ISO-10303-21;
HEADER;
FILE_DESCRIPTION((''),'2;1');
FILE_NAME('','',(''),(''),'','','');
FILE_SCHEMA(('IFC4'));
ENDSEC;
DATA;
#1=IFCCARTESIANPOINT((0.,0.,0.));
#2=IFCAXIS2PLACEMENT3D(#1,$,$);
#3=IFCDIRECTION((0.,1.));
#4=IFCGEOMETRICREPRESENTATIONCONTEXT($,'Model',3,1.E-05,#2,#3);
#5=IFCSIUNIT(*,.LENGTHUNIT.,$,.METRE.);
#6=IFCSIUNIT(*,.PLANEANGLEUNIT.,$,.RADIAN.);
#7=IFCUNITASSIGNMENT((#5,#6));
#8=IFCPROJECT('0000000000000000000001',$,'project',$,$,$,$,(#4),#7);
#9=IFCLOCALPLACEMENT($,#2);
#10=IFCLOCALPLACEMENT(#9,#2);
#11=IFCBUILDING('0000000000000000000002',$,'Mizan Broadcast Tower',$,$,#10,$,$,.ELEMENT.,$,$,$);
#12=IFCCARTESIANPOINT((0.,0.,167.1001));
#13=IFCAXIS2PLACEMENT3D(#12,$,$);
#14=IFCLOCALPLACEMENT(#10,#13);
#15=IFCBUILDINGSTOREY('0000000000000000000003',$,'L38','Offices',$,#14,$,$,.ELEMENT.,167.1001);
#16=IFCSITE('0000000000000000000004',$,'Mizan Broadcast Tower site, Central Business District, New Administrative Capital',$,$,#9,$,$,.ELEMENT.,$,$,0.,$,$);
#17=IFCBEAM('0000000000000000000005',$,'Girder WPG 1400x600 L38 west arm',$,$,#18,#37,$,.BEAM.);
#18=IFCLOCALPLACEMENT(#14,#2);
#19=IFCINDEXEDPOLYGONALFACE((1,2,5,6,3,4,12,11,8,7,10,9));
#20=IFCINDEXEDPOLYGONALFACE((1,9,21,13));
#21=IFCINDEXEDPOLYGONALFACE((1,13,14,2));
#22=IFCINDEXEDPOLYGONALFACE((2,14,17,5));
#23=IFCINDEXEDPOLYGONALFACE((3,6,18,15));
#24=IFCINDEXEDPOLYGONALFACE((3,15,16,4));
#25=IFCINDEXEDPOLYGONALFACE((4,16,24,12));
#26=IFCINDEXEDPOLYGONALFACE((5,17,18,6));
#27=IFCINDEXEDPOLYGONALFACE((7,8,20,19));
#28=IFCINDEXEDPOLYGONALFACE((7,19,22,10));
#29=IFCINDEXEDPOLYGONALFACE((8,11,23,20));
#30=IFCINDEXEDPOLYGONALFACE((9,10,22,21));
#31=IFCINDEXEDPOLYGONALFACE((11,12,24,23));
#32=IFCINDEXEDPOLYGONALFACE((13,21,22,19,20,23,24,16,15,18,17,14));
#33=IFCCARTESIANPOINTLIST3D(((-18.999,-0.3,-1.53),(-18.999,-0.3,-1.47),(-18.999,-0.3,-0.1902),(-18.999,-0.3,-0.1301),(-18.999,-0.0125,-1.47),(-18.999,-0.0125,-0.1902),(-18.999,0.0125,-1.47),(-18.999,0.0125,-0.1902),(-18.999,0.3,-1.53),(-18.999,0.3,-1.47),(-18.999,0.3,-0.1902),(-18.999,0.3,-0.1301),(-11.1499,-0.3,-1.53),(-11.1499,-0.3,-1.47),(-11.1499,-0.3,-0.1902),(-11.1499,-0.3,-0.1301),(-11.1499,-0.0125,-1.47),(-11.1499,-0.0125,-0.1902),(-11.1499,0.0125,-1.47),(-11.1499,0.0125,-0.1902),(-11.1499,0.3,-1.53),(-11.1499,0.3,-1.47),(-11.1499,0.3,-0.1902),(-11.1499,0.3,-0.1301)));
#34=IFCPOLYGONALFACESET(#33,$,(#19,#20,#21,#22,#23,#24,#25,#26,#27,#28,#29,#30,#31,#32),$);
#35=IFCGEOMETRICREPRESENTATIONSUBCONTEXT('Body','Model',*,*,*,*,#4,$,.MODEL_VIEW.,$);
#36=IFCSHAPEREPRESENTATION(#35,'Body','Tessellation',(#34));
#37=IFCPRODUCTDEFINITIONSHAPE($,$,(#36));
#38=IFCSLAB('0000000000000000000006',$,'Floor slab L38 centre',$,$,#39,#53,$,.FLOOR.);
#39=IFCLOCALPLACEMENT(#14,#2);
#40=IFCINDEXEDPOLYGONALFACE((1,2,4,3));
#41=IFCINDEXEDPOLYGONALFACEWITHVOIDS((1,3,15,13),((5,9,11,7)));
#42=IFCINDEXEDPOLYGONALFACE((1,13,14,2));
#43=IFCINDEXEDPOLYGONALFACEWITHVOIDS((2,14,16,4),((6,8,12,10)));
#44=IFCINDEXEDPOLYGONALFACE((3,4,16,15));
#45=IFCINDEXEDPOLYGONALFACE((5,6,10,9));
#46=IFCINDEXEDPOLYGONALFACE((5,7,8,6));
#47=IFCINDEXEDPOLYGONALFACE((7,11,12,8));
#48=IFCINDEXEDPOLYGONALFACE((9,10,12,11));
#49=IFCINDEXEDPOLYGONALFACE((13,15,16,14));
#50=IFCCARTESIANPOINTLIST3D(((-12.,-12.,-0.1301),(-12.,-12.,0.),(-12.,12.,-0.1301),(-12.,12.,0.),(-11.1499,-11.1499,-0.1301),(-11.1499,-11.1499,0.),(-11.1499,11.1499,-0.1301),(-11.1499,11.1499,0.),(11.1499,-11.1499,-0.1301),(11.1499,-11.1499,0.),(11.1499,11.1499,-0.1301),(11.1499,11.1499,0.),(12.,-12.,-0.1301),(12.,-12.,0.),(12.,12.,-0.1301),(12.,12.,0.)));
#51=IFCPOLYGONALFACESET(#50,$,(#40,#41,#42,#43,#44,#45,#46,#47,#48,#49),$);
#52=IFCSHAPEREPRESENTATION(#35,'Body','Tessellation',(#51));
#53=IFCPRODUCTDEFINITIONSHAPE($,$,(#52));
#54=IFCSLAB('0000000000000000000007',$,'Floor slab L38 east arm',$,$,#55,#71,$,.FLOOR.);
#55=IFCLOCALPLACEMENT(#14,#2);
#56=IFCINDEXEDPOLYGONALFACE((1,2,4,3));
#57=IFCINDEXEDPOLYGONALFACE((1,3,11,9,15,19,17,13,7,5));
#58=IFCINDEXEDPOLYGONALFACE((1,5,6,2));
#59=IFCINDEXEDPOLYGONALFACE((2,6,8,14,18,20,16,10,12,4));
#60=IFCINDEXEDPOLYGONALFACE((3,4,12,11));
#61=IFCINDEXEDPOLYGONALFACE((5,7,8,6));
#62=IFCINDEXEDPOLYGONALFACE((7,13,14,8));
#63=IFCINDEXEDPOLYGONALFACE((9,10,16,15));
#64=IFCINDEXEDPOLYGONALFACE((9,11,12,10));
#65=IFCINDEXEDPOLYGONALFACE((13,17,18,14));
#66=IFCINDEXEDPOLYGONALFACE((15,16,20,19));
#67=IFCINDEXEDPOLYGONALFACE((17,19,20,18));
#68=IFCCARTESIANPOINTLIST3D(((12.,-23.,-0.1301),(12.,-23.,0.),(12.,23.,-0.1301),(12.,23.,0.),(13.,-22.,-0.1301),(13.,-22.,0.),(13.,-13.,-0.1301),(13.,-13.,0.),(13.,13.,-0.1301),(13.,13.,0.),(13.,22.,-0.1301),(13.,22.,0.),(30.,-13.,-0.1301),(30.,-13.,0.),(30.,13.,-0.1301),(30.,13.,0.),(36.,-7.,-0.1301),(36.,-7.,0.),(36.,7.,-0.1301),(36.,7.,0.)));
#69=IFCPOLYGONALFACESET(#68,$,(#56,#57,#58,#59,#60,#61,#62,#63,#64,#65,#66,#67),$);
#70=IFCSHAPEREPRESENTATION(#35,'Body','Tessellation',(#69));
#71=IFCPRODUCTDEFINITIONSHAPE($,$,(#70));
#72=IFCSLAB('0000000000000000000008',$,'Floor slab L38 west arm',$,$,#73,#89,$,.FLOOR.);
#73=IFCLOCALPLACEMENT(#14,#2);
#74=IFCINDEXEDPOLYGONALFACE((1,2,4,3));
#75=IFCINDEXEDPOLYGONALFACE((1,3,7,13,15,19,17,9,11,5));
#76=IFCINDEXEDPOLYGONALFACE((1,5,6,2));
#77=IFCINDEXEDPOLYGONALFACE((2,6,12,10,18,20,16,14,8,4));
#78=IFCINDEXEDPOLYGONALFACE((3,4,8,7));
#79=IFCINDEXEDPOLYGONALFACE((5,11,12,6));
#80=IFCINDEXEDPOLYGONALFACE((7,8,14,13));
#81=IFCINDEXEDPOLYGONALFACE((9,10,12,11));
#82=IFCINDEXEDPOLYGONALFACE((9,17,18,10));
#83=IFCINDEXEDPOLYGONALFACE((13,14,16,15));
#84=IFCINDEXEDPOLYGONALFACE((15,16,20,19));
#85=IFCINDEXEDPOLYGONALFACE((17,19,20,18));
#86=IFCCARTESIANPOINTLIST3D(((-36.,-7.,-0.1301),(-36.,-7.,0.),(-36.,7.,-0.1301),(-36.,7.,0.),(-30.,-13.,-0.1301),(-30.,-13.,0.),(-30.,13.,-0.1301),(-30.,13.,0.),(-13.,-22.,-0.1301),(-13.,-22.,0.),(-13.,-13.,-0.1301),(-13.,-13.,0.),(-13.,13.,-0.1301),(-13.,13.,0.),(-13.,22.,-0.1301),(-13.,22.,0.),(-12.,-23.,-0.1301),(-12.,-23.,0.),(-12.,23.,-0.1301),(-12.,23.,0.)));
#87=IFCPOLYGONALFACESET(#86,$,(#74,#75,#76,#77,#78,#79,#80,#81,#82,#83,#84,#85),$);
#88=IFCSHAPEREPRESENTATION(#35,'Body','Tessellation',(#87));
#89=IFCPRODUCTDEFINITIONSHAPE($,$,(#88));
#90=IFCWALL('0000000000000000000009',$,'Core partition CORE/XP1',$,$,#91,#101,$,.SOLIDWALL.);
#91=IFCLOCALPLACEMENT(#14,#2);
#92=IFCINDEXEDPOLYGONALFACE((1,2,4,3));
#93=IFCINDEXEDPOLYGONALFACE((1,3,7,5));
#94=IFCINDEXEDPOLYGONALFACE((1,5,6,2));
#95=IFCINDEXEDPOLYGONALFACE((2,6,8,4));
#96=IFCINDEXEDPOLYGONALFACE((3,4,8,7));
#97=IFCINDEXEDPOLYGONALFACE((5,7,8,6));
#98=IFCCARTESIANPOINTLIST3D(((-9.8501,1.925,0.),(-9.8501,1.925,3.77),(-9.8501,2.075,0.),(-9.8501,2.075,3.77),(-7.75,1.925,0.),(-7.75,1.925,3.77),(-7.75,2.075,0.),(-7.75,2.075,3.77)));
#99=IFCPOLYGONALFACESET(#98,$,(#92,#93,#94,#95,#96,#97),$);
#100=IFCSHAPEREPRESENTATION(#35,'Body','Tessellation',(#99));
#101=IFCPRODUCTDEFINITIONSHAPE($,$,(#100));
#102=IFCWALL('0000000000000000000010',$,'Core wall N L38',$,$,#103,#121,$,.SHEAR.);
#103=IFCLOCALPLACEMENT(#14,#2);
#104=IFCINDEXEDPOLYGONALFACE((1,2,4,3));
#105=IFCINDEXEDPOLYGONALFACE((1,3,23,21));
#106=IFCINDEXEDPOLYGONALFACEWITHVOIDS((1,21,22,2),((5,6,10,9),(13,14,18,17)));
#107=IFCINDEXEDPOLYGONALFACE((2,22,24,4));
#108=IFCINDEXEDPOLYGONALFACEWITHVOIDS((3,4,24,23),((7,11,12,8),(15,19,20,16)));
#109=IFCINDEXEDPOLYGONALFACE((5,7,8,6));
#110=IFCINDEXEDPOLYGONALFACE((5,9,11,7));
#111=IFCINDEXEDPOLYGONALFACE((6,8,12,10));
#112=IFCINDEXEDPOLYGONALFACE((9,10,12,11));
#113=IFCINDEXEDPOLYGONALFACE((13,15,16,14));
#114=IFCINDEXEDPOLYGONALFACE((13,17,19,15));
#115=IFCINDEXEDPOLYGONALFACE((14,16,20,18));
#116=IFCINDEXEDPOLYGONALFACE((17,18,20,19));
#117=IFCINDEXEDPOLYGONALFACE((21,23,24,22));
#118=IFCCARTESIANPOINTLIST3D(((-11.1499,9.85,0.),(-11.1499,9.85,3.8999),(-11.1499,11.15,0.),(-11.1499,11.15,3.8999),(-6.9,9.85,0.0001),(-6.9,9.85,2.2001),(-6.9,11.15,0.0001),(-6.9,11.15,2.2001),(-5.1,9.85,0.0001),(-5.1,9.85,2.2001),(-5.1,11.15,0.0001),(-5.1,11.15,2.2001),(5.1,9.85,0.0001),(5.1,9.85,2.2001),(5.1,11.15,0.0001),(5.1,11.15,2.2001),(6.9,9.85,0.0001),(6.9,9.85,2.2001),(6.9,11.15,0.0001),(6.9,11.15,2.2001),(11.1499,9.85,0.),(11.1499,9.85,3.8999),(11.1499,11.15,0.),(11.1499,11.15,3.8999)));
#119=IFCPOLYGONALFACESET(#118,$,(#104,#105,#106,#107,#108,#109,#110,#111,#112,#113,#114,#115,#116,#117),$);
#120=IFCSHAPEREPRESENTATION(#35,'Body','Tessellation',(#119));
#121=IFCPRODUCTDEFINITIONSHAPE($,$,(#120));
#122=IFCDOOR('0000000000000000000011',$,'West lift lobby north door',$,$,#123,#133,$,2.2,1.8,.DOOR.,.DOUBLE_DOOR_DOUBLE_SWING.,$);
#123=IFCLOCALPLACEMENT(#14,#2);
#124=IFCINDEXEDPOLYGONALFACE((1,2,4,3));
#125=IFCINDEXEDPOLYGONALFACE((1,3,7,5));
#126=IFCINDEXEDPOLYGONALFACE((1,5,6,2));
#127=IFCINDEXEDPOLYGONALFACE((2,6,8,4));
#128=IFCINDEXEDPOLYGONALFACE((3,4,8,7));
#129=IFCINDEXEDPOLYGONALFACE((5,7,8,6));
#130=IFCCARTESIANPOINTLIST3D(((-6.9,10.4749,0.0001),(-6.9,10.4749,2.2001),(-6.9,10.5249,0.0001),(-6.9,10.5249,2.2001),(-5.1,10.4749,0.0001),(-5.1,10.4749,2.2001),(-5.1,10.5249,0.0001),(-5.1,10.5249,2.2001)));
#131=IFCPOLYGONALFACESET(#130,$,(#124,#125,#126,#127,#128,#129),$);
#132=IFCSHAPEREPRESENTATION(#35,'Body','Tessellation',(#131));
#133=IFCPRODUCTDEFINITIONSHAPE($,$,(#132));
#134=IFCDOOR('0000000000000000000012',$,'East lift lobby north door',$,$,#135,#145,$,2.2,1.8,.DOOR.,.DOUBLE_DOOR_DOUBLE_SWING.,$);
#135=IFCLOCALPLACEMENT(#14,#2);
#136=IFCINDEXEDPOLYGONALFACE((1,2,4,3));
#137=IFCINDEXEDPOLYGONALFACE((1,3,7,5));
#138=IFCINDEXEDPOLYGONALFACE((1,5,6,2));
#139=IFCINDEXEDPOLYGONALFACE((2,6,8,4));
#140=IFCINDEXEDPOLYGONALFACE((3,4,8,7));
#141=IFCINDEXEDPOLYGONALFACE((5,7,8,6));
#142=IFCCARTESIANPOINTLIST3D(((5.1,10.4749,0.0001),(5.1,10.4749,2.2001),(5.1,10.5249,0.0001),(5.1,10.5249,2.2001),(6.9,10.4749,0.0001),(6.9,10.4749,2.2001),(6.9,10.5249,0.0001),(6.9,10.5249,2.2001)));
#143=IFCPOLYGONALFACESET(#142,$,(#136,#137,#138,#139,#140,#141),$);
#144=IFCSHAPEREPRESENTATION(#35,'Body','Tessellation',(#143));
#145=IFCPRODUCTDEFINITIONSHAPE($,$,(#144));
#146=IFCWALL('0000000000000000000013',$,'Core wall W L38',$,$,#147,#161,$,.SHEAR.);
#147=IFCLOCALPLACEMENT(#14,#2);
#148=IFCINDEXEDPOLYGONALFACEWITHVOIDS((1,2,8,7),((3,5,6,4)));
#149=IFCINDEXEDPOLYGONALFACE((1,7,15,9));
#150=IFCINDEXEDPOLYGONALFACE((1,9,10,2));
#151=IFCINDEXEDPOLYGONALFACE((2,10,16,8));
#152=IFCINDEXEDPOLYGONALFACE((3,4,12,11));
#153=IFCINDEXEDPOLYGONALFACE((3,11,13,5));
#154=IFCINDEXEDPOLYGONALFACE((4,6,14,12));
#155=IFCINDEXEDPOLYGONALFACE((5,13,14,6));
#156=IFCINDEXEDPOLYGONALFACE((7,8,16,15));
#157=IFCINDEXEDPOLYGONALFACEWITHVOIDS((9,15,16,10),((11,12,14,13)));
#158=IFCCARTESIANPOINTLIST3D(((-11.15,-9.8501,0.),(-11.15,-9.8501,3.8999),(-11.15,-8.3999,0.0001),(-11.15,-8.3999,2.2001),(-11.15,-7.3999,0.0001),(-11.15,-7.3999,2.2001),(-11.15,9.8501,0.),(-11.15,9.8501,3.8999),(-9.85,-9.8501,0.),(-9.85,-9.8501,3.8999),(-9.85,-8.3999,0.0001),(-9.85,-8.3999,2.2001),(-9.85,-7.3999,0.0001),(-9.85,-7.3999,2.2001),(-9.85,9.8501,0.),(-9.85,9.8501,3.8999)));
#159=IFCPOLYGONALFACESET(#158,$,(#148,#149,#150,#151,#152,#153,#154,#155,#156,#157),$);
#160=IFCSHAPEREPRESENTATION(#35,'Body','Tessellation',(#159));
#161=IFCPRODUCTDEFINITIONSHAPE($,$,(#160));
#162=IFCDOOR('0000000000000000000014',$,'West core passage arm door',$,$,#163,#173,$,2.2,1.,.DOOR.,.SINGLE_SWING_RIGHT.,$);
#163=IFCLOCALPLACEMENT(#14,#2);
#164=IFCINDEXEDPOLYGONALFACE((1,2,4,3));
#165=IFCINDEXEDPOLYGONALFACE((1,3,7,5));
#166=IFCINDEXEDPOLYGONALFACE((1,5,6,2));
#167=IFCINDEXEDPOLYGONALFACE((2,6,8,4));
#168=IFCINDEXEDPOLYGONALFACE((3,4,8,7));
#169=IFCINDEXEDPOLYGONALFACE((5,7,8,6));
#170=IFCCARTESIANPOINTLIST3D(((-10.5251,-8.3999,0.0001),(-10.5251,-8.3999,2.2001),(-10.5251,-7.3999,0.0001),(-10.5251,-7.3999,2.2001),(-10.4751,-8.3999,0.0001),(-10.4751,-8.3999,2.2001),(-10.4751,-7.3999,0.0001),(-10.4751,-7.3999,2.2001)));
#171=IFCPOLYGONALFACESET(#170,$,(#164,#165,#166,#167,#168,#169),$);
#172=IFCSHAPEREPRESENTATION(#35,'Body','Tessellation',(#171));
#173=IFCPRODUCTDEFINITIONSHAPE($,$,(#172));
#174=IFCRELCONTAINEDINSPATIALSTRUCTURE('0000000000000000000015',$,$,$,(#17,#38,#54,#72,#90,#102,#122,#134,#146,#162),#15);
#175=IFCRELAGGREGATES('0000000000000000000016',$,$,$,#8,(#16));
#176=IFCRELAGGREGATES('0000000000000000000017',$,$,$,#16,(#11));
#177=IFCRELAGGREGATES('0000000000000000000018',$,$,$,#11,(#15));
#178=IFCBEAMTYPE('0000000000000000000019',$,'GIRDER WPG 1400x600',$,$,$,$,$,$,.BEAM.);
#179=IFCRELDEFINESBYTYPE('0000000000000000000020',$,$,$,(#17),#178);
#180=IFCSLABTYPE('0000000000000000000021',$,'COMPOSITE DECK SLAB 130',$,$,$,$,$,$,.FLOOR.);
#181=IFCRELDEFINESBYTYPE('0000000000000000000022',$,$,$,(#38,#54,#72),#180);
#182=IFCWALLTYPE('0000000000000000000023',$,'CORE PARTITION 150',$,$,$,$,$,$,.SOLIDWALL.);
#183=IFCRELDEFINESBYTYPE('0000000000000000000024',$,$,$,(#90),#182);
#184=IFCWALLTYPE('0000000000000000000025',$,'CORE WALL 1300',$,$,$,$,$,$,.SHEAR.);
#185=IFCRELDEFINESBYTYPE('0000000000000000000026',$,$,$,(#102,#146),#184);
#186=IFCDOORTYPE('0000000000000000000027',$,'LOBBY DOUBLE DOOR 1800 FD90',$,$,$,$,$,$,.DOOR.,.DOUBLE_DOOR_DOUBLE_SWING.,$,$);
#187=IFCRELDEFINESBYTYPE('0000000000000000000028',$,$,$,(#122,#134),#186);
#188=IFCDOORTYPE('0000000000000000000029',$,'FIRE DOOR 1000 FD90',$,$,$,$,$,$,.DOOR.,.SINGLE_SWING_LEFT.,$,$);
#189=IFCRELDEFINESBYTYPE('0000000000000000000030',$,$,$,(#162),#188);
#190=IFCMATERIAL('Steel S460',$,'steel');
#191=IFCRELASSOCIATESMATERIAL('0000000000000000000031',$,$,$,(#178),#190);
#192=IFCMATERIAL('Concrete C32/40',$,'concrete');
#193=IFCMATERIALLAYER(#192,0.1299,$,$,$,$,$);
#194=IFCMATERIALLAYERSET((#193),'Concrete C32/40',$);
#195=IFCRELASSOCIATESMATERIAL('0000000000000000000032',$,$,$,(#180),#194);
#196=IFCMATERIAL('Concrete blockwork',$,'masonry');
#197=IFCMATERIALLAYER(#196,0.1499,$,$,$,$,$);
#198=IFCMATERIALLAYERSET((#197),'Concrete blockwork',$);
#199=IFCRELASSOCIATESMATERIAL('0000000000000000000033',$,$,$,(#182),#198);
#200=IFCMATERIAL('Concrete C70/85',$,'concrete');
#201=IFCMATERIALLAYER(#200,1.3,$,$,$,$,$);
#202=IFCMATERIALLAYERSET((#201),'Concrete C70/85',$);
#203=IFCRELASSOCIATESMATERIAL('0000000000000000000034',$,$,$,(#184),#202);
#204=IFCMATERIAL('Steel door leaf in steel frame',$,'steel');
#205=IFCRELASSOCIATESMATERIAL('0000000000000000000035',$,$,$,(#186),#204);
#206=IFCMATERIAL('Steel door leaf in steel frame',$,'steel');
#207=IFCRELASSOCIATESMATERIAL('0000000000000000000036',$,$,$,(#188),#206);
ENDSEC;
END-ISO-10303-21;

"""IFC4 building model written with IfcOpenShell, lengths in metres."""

from ifc_helpers import new_model, si_unit, direction, frame, frame_2d, origin, origin_2d, place, context, subcontext, project, spatial, polyline, rectangle, i_section, outline, extrude, material, layer, layer_set, material_profile, profile_set, type_object, element, fill, save


model = new_model("IFC4")

# Units and contexts
model_context = context("Model", 3, precision=1e-05, world=origin(), true_north=direction((0.0, 1.0)))
body_context = subcontext(model_context, "Body", "Model", "MODEL_VIEW")
ifc_project = project(units=[si_unit("LENGTHUNIT", "METRE"), si_unit("PLANEANGLEUNIT", "RADIAN")], contexts=[model_context])

# Site, building, storey
site_placement = place(None, origin())
site = spatial("IfcSite", under=ifc_project, at=site_placement, Name="Mizan Broadcast Tower site, Central Business District, New Administrative Capital", CompositionType="ELEMENT", RefElevation=0.0)
building_placement = place(site_placement, origin())
building = spatial("IfcBuilding", under=site, at=building_placement, Name="Mizan Broadcast Tower", CompositionType="ELEMENT")
storey_placement = place(building_placement, frame((0.0, 0.0, 167.1001)))
storey = spatial("IfcBuildingStorey", under=building, at=storey_placement, Name="L38", Description="Offices", CompositionType="ELEMENT", Elevation=167.1001)

# Beam
ifc_material_1 = material(Name="Steel S460", Category="steel")
ifc_material_profile = material_profile(ifc_material_1, i_section(OverallWidth=0.6001, OverallDepth=1.3999, WebThickness=0.0249, FlangeThickness=0.0601, at=origin_2d()), Name="WPG 1400x600")
ifc_profile_set = profile_set([ifc_material_profile], Name="Steel S460")
beam_type = type_object("IfcBeamType", Name="GIRDER WPG 1400x600", PredefinedType="BEAM", material=ifc_profile_set)
beam_placement = place(storey_placement, frame((-11.1499, 0.0, -0.8301), z_axis=(-1.0, 0.0, 0.0), x_axis=(0.0, -1.0, 0.0)))
element("IfcBeam", 1, at=beam_placement, inside=storey, type_object=beam_type, Name="Girder WPG 1400x600 L38 west arm", PredefinedType="BEAM", context=body_context, shape_type="SweptSolid", body=[
    extrude(i_section(OverallWidth=0.6001, OverallDepth=1.3999, WebThickness=0.0249, FlangeThickness=0.0601, at=origin_2d()), origin(), (0.0, 0.0, 1.0), 7.8491),
])

# Slabs
ifc_material_2 = material(Name="Concrete C32/40", Category="concrete")
ifc_layer_1 = layer(ifc_material_2, 0.1299)
ifc_layer_set_1 = layer_set([ifc_layer_1], Name="Concrete C32/40")
slab_type = type_object("IfcSlabType", Name="COMPOSITE DECK SLAB 130", PredefinedType="FLOOR", material=ifc_layer_set_1)
slab_1_placement = place(storey_placement, frame((0.0, 0.0, -0.1301)))
element("IfcSlab", 2, at=slab_1_placement, inside=storey, type_object=slab_type, Name="Floor slab L38 centre", PredefinedType="FLOOR", context=body_context, shape_type="SweptSolid", body=[
    extrude(outline(polyline([(-12.0, -12.0), (12.0, -12.0), (12.0, 12.0), (-12.0, 12.0), (-12.0, -12.0)]), holes=[polyline([(-11.1499, 11.1499), (11.1499, 11.1499), (11.1499, -11.1499), (-11.1499, -11.1499), (-11.1499, 11.1499)])]), origin(), (0.0, 0.0, 1.0), 0.1301),
])
slab_2_placement = place(storey_placement, frame((0.0, 0.0, -0.1301)))
element("IfcSlab", 3, at=slab_2_placement, inside=storey, type_object=slab_type, Name="Floor slab L38 east arm", PredefinedType="FLOOR", context=body_context, shape_type="SweptSolid", body=[
    extrude(outline(polyline([(12.0, -23.0), (13.0, -22.0), (13.0, -13.0), (30.0, -13.0), (36.0, -7.0), (36.0, 7.0), (30.0, 13.0), (13.0, 13.0), (13.0, 22.0), (12.0, 23.0), (12.0, -23.0)])), origin(), (0.0, 0.0, 1.0), 0.1301),
])
slab_3_placement = place(storey_placement, frame((0.0, 0.0, -0.1301)))
element("IfcSlab", 4, at=slab_3_placement, inside=storey, type_object=slab_type, Name="Floor slab L38 west arm", PredefinedType="FLOOR", context=body_context, shape_type="SweptSolid", body=[
    extrude(outline(polyline([(-13.0, -22.0), (-12.0, -23.0), (-12.0, 23.0), (-13.0, 22.0), (-13.0, 13.0), (-30.0, 13.0), (-36.0, 7.0), (-36.0, -7.0), (-30.0, -13.0), (-13.0, -13.0), (-13.0, -22.0)])), origin(), (0.0, 0.0, 1.0), 0.1301),
])

# Wall
ifc_material_3 = material(Name="Concrete blockwork", Category="masonry")
ifc_layer_2 = layer(ifc_material_3, 0.1499)
ifc_layer_set_2 = layer_set([ifc_layer_2], Name="Concrete blockwork")
wall_type_1 = type_object("IfcWallType", Name="CORE PARTITION 150", PredefinedType="SOLIDWALL", material=ifc_layer_set_2)
wall_1_placement = place(storey_placement, frame((-9.8501, 2.0, 0.0), z_axis=(0.0, 0.0, 1.0), x_axis=(1.0, 0.0, 0.0)))
element("IfcWall", 5, at=wall_1_placement, inside=storey, type_object=wall_type_1, Name="Core partition CORE/XP1", PredefinedType="SOLIDWALL", context=body_context, shape_type="SweptSolid", body=[
    extrude(rectangle(XDim=2.1001, YDim=0.1499, at=frame_2d((1.05, 0.0))), origin(), (0.0, 0.0, 1.0), 3.77),
])

# Wall, openings, doors
ifc_material_4 = material(Name="Concrete C70/85", Category="concrete")
ifc_layer_3 = layer(ifc_material_4, 1.3)
ifc_layer_set_3 = layer_set([ifc_layer_3], Name="Concrete C70/85")
wall_type_2 = type_object("IfcWallType", Name="CORE WALL 1300", PredefinedType="SHEAR", material=ifc_layer_set_3)
wall_2_placement = place(storey_placement, frame((-11.1499, 10.5, 0.0), z_axis=(0.0, 0.0, 1.0), x_axis=(1.0, 0.0, 0.0)))
wall_2 = element("IfcWall", 6, at=wall_2_placement, inside=storey, type_object=wall_type_2, Name="Core wall N L38", PredefinedType="SHEAR", context=body_context, shape_type="SweptSolid", body=[
    extrude(rectangle(XDim=22.2998, YDim=1.3, at=frame_2d((11.1499, 0.0))), origin(), (0.0, 0.0, 1.0), 3.8999),
])
opening_1_placement = place(wall_2_placement, frame((4.25, 0.0, 0.0)))
opening_1 = element("IfcOpeningElement", 7, at=opening_1_placement, cuts=wall_2, PredefinedType="OPENING", context=body_context, shape_type="SweptSolid", body=[
    extrude(rectangle(XDim=1.8, YDim=2.2, at=frame_2d((0.8999, 1.1001))), frame((0.0, 0.6599, 0.0), z_axis=(0.0, -1.0, 0.0), x_axis=(1.0, 0.0, 0.0)), (0.0, 0.0, 1.0), 1.3201),
])
opening_2_placement = place(wall_2_placement, frame((16.25, 0.0, 0.0)))
opening_2 = element("IfcOpeningElement", 8, at=opening_2_placement, cuts=wall_2, PredefinedType="OPENING", context=body_context, shape_type="SweptSolid", body=[
    extrude(rectangle(XDim=1.8, YDim=2.2, at=frame_2d((0.8999, 1.1001))), frame((0.0, 0.6599, 0.0), z_axis=(0.0, -1.0, 0.0), x_axis=(1.0, 0.0, 0.0)), (0.0, 0.0, 1.0), 1.3201),
])
ifc_material_5 = material(Name="Steel door leaf in steel frame", Category="steel")
door_type_1 = type_object("IfcDoorType", Name="LOBBY DOUBLE DOOR 1800 FD90", OperationType="DOUBLE_DOOR_DOUBLE_SWING", PredefinedType="DOOR", material=ifc_material_5)
door_1_placement = place(opening_1_placement, origin())
door_1 = element("IfcDoor", 9, at=door_1_placement, inside=storey, type_object=door_type_1, Name="West lift lobby north door", OperationType="DOUBLE_DOOR_DOUBLE_SWING", OverallHeight=2.2, OverallWidth=1.8, PredefinedType="DOOR", context=body_context, shape_type="SweptSolid", body=[
    extrude(rectangle(XDim=1.8, YDim=2.2, at=frame_2d((0.8999, 1.1001))), frame((0.0, 0.0249, 0.0), z_axis=(0.0, -1.0, 0.0), x_axis=(1.0, 0.0, 0.0)), (0.0, 0.0, 1.0), 0.05),
])
fill(opening_1, door_1)
door_2_placement = place(opening_2_placement, origin())
door_2 = element("IfcDoor", 10, at=door_2_placement, inside=storey, type_object=door_type_1, Name="East lift lobby north door", OperationType="DOUBLE_DOOR_DOUBLE_SWING", OverallHeight=2.2, OverallWidth=1.8, PredefinedType="DOOR", context=body_context, shape_type="SweptSolid", body=[
    extrude(rectangle(XDim=1.8, YDim=2.2, at=frame_2d((0.8999, 1.1001))), frame((0.0, 0.0249, 0.0), z_axis=(0.0, -1.0, 0.0), x_axis=(1.0, 0.0, 0.0)), (0.0, 0.0, 1.0), 0.05),
])
fill(opening_2, door_2)

# Wall, opening, door
wall_3_placement = place(storey_placement, frame((-10.5, 9.8501, 0.0), z_axis=(0.0, 0.0, 1.0), x_axis=(0.0, -1.0, 0.0)))
wall_3 = element("IfcWall", 11, at=wall_3_placement, inside=storey, type_object=wall_type_2, Name="Core wall W L38", PredefinedType="SHEAR", context=body_context, shape_type="SweptSolid", body=[
    extrude(rectangle(XDim=19.7002, YDim=1.3, at=frame_2d((9.8501, 0.0))), origin(), (0.0, 0.0, 1.0), 3.8999),
])
opening_3_placement = place(wall_3_placement, frame((17.25, 0.0, 0.0)))
opening_3 = element("IfcOpeningElement", 12, at=opening_3_placement, cuts=wall_3, PredefinedType="OPENING", context=body_context, shape_type="SweptSolid", body=[
    extrude(rectangle(XDim=1.0, YDim=2.2, at=frame_2d((0.5, 1.1001))), frame((0.0, 0.6599, 0.0), z_axis=(0.0, -1.0, 0.0), x_axis=(1.0, 0.0, 0.0)), (0.0, 0.0, 1.0), 1.3201),
])
ifc_material_6 = material(Name="Steel door leaf in steel frame", Category="steel")
door_type_2 = type_object("IfcDoorType", Name="FIRE DOOR 1000 FD90", OperationType="SINGLE_SWING_LEFT", PredefinedType="DOOR", material=ifc_material_6)
door_3_placement = place(opening_3_placement, origin())
door_3 = element("IfcDoor", 13, at=door_3_placement, inside=storey, type_object=door_type_2, Name="West core passage arm door", OperationType="SINGLE_SWING_RIGHT", OverallHeight=2.2, OverallWidth=1.0, PredefinedType="DOOR", context=body_context, shape_type="SweptSolid", body=[
    extrude(rectangle(XDim=1.0, YDim=2.2, at=frame_2d((0.5, 1.1001))), frame((0.0, 0.0249, 0.0), z_axis=(0.0, -1.0, 0.0), x_axis=(1.0, 0.0, 0.0)), (0.0, 0.0, 1.0), 0.05),
])
fill(opening_3, door_3)

save(model, "model.ifc")
